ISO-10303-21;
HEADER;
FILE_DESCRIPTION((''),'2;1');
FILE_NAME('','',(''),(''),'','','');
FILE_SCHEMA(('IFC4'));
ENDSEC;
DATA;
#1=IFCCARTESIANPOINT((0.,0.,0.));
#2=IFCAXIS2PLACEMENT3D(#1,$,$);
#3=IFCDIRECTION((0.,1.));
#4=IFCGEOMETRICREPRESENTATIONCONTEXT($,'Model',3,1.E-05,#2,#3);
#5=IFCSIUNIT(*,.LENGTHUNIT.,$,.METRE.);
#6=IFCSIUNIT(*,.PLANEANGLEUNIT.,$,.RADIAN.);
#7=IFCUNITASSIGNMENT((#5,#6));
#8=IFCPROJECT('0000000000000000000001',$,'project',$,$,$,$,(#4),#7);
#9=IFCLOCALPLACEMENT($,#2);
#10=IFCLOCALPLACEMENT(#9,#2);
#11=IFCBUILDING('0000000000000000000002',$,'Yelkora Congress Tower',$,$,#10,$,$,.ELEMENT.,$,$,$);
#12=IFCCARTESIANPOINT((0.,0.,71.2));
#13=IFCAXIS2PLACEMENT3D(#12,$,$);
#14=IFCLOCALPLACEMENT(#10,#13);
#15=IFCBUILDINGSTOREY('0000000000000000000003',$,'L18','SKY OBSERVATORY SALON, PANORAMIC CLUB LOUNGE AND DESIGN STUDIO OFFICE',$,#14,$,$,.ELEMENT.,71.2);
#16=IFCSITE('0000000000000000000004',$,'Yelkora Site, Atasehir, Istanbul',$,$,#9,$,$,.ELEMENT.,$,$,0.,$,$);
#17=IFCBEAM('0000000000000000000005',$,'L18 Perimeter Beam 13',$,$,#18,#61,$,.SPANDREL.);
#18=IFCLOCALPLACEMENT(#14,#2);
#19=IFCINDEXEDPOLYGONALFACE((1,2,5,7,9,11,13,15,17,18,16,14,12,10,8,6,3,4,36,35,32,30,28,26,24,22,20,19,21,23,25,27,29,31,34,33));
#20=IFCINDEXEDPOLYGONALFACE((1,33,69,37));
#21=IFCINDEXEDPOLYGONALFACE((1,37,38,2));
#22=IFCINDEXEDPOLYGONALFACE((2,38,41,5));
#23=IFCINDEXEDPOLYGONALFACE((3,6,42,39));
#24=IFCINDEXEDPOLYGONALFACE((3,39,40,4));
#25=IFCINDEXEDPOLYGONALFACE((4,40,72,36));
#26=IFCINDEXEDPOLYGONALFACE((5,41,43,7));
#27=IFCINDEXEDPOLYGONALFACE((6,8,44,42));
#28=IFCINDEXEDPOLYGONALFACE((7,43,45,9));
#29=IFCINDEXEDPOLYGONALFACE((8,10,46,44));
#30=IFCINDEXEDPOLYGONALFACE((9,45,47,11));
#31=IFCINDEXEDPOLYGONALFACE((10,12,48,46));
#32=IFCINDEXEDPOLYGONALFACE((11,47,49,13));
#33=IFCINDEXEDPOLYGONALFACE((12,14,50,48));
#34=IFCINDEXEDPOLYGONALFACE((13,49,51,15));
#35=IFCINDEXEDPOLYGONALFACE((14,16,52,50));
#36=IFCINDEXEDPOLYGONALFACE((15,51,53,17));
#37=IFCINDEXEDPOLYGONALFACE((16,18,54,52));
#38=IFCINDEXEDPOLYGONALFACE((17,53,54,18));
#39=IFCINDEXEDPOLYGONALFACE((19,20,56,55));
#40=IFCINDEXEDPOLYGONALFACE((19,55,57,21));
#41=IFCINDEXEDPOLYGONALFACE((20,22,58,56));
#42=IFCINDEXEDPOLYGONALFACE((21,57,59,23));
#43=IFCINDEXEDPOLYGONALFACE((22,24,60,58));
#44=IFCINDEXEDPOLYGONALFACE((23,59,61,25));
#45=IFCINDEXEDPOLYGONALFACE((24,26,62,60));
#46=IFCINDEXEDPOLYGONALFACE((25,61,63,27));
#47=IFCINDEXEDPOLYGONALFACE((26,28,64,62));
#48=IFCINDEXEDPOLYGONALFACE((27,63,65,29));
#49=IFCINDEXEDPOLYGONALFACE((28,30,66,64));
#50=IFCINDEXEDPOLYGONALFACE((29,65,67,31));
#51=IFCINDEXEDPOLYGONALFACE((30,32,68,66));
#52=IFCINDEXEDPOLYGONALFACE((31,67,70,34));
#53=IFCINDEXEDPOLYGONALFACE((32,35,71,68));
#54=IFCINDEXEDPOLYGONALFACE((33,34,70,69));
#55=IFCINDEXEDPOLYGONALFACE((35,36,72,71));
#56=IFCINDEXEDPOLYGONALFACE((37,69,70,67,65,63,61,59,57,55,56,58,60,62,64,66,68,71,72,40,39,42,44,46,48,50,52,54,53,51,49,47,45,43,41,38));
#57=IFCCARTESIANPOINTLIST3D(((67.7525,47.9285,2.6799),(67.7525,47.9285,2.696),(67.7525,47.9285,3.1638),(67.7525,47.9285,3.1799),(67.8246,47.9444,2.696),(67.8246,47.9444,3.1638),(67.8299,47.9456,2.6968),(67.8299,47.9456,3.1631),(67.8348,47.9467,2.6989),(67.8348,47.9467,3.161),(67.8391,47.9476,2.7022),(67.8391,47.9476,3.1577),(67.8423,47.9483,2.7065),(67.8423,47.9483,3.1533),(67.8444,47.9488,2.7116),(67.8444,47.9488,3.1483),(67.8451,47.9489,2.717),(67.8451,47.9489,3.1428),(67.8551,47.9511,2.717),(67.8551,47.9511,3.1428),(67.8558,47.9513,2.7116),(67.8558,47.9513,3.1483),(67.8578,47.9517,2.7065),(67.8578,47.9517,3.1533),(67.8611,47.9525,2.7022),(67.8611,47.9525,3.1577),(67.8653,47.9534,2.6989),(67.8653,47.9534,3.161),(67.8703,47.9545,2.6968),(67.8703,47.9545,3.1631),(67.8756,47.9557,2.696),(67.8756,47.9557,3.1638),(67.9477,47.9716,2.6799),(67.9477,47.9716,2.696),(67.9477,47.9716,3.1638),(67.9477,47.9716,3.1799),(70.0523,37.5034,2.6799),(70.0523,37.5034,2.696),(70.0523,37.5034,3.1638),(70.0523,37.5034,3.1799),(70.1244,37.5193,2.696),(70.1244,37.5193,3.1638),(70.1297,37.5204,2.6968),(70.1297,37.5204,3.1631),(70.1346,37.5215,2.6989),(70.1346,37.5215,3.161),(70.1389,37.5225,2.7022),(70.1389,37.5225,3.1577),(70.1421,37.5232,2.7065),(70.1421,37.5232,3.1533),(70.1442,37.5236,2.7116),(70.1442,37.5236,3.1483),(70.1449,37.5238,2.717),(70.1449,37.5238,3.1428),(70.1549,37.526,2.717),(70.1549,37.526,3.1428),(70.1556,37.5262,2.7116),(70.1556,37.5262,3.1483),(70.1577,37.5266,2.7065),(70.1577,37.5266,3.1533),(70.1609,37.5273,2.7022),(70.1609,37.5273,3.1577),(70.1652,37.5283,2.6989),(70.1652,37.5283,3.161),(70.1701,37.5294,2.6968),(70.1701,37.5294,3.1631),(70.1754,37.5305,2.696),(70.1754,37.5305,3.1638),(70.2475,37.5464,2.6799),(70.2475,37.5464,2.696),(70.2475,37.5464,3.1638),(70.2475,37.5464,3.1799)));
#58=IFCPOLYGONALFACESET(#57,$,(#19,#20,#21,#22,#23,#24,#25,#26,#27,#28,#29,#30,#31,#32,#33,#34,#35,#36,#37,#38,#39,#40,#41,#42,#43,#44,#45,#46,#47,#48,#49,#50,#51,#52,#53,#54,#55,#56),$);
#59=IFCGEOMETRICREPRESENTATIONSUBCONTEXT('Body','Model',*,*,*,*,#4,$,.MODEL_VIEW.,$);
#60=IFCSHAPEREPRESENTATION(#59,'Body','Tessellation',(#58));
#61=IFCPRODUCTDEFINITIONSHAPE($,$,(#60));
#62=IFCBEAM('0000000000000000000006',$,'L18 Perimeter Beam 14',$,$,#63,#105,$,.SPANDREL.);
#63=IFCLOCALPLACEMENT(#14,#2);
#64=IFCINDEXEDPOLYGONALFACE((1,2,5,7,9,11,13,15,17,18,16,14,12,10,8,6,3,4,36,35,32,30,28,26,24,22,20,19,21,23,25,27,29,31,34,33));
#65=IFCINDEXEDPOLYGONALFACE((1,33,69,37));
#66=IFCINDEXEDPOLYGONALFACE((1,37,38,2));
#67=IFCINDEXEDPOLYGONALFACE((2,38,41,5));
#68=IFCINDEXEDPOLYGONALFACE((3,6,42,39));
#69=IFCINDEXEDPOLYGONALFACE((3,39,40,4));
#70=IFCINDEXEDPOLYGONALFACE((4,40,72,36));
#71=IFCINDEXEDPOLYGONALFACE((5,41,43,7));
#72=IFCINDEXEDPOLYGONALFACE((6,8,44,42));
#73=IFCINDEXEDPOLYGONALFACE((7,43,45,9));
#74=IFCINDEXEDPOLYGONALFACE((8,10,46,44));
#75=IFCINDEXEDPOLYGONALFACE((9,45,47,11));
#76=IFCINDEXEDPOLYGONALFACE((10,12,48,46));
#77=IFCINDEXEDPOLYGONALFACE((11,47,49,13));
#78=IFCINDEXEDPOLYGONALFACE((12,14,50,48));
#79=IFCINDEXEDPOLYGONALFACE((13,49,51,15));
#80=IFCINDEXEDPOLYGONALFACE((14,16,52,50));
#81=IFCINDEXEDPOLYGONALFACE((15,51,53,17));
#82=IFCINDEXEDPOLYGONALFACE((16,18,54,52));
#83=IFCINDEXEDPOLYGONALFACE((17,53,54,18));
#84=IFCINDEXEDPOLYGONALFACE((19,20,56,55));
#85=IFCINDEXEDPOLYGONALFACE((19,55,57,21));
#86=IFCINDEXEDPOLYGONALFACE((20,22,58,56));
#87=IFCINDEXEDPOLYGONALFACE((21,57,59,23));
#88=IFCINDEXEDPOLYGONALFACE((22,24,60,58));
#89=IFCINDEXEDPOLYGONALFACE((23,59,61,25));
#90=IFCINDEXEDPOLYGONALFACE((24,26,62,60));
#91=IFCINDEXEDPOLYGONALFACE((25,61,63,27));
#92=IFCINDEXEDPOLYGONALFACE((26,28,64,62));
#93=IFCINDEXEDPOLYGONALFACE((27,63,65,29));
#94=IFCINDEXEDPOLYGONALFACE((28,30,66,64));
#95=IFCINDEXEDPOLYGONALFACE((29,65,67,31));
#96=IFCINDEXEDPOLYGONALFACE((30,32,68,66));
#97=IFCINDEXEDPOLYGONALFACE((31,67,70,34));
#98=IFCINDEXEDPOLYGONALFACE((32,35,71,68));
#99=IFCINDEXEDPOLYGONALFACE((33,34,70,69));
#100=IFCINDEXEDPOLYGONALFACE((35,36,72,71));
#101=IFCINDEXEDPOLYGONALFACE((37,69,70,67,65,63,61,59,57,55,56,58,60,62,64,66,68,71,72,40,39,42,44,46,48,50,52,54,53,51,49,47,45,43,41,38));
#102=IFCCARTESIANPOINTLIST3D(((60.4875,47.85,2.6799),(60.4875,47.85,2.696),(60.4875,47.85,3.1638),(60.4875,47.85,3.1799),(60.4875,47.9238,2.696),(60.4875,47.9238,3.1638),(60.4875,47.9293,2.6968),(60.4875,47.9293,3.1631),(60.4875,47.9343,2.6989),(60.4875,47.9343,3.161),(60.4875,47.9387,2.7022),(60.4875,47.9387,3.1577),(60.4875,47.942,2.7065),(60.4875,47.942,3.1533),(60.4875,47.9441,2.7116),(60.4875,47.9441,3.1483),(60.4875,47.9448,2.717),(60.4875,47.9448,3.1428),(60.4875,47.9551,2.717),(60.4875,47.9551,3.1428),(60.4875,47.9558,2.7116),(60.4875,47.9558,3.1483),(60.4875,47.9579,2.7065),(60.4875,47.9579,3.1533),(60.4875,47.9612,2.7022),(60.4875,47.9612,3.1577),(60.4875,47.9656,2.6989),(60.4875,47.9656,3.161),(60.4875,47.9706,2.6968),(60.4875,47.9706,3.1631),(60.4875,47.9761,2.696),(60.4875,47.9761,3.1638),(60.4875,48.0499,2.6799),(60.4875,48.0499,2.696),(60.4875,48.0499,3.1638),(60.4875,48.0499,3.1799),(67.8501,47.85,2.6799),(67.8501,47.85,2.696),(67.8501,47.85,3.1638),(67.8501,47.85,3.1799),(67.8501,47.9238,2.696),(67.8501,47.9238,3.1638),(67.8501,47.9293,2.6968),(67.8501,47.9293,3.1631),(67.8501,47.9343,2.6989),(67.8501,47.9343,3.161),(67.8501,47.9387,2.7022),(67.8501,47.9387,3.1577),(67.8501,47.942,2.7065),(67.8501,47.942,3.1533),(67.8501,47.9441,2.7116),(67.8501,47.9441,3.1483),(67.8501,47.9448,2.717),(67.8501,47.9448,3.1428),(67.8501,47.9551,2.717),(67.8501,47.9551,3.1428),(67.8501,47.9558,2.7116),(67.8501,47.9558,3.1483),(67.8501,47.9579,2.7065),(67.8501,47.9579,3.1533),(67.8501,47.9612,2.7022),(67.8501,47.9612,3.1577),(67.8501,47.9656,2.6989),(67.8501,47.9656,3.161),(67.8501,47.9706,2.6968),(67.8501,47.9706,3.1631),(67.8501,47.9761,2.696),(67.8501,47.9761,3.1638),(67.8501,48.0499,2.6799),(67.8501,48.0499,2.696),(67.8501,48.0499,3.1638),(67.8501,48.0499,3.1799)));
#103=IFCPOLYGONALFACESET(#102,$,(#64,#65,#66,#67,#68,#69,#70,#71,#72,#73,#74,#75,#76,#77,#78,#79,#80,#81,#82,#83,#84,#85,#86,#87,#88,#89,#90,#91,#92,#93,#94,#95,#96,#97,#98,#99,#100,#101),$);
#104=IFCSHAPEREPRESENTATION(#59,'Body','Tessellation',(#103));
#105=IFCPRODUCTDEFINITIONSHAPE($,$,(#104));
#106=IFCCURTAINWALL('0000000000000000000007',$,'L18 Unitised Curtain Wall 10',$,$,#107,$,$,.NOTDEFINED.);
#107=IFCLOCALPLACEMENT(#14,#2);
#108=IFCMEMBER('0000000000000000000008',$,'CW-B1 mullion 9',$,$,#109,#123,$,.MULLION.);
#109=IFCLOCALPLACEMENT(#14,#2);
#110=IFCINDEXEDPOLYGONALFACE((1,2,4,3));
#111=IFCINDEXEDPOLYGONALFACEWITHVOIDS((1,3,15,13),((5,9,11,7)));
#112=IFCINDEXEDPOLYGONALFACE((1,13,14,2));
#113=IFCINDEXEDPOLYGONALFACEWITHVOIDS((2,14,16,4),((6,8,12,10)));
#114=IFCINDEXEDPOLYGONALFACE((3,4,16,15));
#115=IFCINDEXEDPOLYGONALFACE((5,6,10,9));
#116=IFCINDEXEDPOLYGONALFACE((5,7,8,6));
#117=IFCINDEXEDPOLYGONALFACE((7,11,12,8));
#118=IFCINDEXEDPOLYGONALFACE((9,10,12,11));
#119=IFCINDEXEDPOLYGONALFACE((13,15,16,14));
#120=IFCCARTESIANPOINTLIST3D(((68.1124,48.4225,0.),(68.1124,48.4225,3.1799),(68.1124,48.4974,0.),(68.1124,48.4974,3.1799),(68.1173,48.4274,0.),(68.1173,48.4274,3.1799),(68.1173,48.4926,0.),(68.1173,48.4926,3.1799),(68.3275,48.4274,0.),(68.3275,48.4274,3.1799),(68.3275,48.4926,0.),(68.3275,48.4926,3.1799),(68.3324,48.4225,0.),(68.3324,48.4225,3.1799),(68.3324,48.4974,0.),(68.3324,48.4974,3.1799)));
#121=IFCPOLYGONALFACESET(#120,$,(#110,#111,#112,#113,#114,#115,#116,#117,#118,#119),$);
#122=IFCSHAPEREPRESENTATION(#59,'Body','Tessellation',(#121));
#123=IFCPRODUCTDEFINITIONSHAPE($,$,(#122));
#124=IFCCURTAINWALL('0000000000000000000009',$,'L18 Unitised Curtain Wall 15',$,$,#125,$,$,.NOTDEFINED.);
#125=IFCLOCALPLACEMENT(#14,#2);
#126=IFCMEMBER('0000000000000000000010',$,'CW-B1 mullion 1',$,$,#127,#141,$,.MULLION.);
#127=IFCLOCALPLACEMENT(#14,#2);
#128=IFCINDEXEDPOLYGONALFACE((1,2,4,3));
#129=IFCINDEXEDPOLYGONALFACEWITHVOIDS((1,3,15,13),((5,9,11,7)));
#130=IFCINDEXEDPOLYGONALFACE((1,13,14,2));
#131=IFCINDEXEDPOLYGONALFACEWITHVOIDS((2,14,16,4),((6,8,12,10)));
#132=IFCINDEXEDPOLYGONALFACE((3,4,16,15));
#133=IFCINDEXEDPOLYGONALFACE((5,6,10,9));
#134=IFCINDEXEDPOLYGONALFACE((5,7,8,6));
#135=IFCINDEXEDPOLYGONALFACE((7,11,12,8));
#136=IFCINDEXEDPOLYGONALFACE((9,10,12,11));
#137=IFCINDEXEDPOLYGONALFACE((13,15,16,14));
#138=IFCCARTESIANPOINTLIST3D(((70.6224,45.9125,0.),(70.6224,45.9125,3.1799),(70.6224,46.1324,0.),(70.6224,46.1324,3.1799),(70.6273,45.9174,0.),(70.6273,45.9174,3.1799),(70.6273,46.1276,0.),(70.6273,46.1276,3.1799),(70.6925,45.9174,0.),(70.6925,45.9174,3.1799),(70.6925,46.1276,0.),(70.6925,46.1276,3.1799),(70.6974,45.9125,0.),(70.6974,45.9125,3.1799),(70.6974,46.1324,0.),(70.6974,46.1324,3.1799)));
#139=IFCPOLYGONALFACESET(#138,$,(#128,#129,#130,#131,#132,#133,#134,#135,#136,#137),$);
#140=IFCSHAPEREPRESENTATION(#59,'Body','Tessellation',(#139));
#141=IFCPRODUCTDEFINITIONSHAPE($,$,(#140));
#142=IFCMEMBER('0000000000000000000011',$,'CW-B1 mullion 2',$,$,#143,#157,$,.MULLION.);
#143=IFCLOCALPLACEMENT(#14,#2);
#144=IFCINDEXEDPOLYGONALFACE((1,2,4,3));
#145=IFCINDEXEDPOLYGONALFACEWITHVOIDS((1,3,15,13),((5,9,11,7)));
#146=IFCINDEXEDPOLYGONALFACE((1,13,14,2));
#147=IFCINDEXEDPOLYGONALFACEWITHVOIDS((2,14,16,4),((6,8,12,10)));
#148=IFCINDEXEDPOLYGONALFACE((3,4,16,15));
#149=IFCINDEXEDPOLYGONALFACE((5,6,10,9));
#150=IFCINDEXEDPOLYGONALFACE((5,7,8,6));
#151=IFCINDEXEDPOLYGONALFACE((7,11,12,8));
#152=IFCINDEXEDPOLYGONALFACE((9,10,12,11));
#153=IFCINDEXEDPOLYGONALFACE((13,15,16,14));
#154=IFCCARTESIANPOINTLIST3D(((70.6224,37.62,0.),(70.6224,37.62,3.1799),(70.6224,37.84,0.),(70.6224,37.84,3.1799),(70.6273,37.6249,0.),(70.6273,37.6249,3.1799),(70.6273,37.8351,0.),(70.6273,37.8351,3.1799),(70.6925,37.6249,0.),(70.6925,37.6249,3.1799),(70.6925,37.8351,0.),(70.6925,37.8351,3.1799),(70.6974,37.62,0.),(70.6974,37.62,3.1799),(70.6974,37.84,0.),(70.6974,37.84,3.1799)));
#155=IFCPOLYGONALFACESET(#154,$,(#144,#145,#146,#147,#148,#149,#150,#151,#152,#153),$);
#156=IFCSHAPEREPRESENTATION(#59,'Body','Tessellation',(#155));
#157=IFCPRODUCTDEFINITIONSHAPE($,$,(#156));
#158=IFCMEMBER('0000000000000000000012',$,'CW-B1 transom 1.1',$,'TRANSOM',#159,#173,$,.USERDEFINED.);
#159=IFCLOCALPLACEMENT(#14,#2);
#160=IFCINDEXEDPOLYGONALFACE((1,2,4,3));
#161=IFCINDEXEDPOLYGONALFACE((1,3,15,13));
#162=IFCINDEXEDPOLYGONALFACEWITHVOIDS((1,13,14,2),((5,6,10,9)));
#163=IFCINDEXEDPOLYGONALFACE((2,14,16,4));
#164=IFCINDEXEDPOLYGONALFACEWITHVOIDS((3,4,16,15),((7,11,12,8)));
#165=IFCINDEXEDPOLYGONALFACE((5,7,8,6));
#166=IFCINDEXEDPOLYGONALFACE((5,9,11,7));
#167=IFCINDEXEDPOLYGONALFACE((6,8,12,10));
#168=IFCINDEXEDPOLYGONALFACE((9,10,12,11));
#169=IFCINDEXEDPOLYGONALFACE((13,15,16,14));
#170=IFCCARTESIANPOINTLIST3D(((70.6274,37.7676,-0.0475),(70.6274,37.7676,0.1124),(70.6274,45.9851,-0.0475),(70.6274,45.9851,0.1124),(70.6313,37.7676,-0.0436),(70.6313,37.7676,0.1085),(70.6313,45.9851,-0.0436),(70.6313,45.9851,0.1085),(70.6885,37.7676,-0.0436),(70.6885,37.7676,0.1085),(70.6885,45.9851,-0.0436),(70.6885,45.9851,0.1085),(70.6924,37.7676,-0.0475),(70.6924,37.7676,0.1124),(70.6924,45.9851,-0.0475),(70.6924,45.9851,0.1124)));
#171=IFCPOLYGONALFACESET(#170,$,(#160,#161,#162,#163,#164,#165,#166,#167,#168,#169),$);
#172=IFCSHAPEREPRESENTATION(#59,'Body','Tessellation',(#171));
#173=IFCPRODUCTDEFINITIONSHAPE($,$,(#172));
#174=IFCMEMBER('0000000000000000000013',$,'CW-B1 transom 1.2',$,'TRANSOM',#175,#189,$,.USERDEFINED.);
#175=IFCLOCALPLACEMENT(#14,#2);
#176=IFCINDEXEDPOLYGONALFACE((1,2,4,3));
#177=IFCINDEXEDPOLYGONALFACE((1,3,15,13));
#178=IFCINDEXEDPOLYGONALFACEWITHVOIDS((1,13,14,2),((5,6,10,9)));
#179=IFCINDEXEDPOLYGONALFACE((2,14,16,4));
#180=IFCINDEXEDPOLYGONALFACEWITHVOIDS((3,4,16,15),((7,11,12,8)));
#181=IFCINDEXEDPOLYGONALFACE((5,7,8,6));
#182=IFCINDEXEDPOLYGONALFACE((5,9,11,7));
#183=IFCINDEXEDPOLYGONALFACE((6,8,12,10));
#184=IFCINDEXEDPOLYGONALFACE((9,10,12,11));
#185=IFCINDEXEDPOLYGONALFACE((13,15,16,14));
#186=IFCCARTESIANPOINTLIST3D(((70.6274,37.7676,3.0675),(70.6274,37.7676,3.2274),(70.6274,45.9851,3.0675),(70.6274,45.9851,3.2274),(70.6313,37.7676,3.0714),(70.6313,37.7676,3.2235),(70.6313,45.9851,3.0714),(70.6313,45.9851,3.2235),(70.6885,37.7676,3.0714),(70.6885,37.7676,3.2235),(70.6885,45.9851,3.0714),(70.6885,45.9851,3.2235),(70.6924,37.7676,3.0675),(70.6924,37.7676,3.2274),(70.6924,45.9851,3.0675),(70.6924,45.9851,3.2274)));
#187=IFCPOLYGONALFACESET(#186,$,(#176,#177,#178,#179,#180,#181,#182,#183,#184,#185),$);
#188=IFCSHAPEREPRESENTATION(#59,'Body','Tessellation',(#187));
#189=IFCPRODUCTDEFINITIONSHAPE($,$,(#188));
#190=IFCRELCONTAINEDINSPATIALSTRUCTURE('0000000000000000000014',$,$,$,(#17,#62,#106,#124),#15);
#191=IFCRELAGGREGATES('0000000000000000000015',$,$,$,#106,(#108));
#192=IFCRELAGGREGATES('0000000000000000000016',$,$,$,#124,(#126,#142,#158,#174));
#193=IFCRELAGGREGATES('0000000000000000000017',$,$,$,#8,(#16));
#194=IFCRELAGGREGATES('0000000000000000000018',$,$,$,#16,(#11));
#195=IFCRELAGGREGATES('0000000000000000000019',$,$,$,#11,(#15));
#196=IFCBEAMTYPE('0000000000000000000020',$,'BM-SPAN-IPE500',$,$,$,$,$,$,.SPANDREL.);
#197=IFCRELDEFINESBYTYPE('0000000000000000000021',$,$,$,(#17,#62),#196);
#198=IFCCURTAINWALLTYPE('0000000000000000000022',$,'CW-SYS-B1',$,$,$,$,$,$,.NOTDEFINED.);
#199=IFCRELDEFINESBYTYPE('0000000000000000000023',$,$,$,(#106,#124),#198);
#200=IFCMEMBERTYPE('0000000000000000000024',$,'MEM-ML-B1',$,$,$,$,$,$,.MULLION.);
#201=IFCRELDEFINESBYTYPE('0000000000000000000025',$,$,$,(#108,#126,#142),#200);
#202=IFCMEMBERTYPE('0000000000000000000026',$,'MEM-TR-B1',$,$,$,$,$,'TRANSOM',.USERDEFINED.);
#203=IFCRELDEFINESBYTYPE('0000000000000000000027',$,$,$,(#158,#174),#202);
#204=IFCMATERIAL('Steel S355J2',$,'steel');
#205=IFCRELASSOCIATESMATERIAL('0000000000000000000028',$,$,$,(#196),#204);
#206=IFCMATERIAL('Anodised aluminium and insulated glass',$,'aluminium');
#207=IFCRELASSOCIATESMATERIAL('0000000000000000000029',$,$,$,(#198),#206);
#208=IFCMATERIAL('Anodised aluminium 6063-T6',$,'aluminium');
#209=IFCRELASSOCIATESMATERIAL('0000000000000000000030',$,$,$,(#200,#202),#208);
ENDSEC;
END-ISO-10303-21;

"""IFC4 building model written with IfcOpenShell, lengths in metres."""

from ifc_helpers import new_model, si_unit, direction, frame, origin, origin_2d, place, context, subcontext, project, spatial, hollow_rectangle, i_section, extrude, material, material_profile, profile_set, type_object, element, aggregate, save


model = new_model("IFC4")

# Units and contexts
model_context = context("Model", 3, precision=1e-05, world=origin(), true_north=direction((0.0, 1.0)))
body_context = subcontext(model_context, "Body", "Model", "MODEL_VIEW")
ifc_project = project(units=[si_unit("LENGTHUNIT", "METRE"), si_unit("PLANEANGLEUNIT", "RADIAN")], contexts=[model_context])

# Site, building, storey
site_placement = place(None, origin())
site = spatial("IfcSite", under=ifc_project, at=site_placement, Name="Yelkora Site, Atasehir, Istanbul", CompositionType="ELEMENT", RefElevation=0.0)
building_placement = place(site_placement, origin())
building = spatial("IfcBuilding", under=site, at=building_placement, Name="Yelkora Congress Tower", CompositionType="ELEMENT")
storey_placement = place(building_placement, frame((0.0, 0.0, 71.2)))
storey = spatial("IfcBuildingStorey", under=building, at=storey_placement, Name="L18", Description="SKY OBSERVATORY SALON, PANORAMIC CLUB LOUNGE AND DESIGN STUDIO OFFICE", CompositionType="ELEMENT", Elevation=71.2)

# Beams
ifc_material_1 = material(Name="Steel S355J2", Category="steel")
ifc_material_profile_1 = material_profile(ifc_material_1, i_section(OverallWidth=0.2, OverallDepth=0.5, WebThickness=0.0103, FlangeThickness=0.0161, FilletRadius=0.021, at=origin_2d()), Name="IPE 500")
ifc_profile_set_1 = profile_set([ifc_material_profile_1], Name="Steel S355J2")
beam_type_1 = type_object("IfcBeamType", Name="BM-SPAN-IPE500", PredefinedType="SPANDREL", material=ifc_profile_set_1)
beam_1_placement = place(storey_placement, frame((70.1499, 37.5249, 2.9299), z_axis=(-0.215424, 0.976521, 0.0), x_axis=(-0.976521, -0.215424, 0.0)))
element("IfcBeam", 1, at=beam_1_placement, inside=storey, type_object=beam_type_1, Name="L18 Perimeter Beam 13", PredefinedType="SPANDREL", context=body_context, shape_type="SweptSolid", body=[
    extrude(i_section(OverallWidth=0.2, OverallDepth=0.5, WebThickness=0.0103, FlangeThickness=0.0161, FilletRadius=0.021, at=origin_2d()), origin(), (0.0, 0.0, 1.0), 10.6758),
])
beam_2_placement = place(storey_placement, frame((67.8501, 47.95, 2.9299), z_axis=(-1.0, 0.0, 0.0), x_axis=(0.0, -1.0, 0.0)))
element("IfcBeam", 2, at=beam_2_placement, inside=storey, type_object=beam_type_1, Name="L18 Perimeter Beam 14", PredefinedType="SPANDREL", context=body_context, shape_type="SweptSolid", body=[
    extrude(i_section(OverallWidth=0.2, OverallDepth=0.5, WebThickness=0.0103, FlangeThickness=0.0161, FilletRadius=0.021, at=origin_2d()), origin(), (0.0, 0.0, 1.0), 7.3625),
])

# Curtain wall, member
ifc_material_2 = material(Name="Anodised aluminium and insulated glass", Category="aluminium")
curtain_wall_type = type_object("IfcCurtainWallType", Name="CW-SYS-B1", PredefinedType="NOTDEFINED", material=ifc_material_2)
curtain_wall_1_placement = place(storey_placement, origin())
curtain_wall_1 = element("IfcCurtainWall", 3, at=curtain_wall_1_placement, inside=storey, type_object=curtain_wall_type, Name="L18 Unitised Curtain Wall 10", PredefinedType="NOTDEFINED")
ifc_material_3 = material(Name="Anodised aluminium 6063-T6", Category="aluminium")
ifc_material_profile_2 = material_profile(ifc_material_3, hollow_rectangle(XDim=0.075, YDim=0.22, WallThickness=0.0049, at=origin_2d()), Name="ALU 75x220x5")
ifc_profile_set_2 = profile_set([ifc_material_profile_2], Name="Anodised aluminium 6063-T6")
member_type_1 = type_object("IfcMemberType", Name="MEM-ML-B1", PredefinedType="MULLION", material=ifc_profile_set_2)
member_1_placement = place(storey_placement, frame((68.2224, 48.46, 0.0), z_axis=(0.0, 0.0, 1.0), x_axis=(0.0, 1.0, 0.0)))
member_1 = element("IfcMember", 4, at=member_1_placement, type_object=member_type_1, Name="CW-B1 mullion 9", PredefinedType="MULLION", context=body_context, shape_type="SweptSolid", body=[
    extrude(hollow_rectangle(XDim=0.075, YDim=0.22, WallThickness=0.0049, at=origin_2d()), origin(), (0.0, 0.0, 1.0), 3.1799),
])

# Curtain wall, members
curtain_wall_2_placement = place(storey_placement, origin())
curtain_wall_2 = element("IfcCurtainWall", 5, at=curtain_wall_2_placement, inside=storey, type_object=curtain_wall_type, Name="L18 Unitised Curtain Wall 15", PredefinedType="NOTDEFINED")
member_2_placement = place(storey_placement, frame((70.6599, 46.0225, 0.0), z_axis=(0.0, 0.0, 1.0), x_axis=(1.0, 0.0, 0.0)))
member_2 = element("IfcMember", 6, at=member_2_placement, type_object=member_type_1, Name="CW-B1 mullion 1", PredefinedType="MULLION", context=body_context, shape_type="SweptSolid", body=[
    extrude(hollow_rectangle(XDim=0.075, YDim=0.22, WallThickness=0.0049, at=origin_2d()), origin(), (0.0, 0.0, 1.0), 3.1799),
])
member_3_placement = place(storey_placement, frame((70.6599, 37.73, 0.0), z_axis=(0.0, 0.0, 1.0), x_axis=(1.0, 0.0, 0.0)))
member_3 = element("IfcMember", 7, at=member_3_placement, type_object=member_type_1, Name="CW-B1 mullion 2", PredefinedType="MULLION", context=body_context, shape_type="SweptSolid", body=[
    extrude(hollow_rectangle(XDim=0.075, YDim=0.22, WallThickness=0.0049, at=origin_2d()), origin(), (0.0, 0.0, 1.0), 3.1799),
])
ifc_material_profile_3 = material_profile(ifc_material_3, hollow_rectangle(XDim=0.0649, YDim=0.1599, WallThickness=0.0039, at=origin_2d()), Name="ALU 65x160x4")
ifc_profile_set_3 = profile_set([ifc_material_profile_3], Name="Anodised aluminium 6063-T6")
member_type_2 = type_object("IfcMemberType", Name="MEM-TR-B1", ElementType="TRANSOM", PredefinedType="USERDEFINED", material=ifc_profile_set_3)
member_4_placement = place(storey_placement, frame((70.6599, 45.9851, 0.0325), z_axis=(0.0, -1.0, 0.0), x_axis=(1.0, 0.0, 0.0)))
member_4 = element("IfcMember", 8, at=member_4_placement, type_object=member_type_2, Name="CW-B1 transom 1.1", ObjectType="TRANSOM", PredefinedType="USERDEFINED", context=body_context, shape_type="SweptSolid", body=[
    extrude(hollow_rectangle(XDim=0.0649, YDim=0.1599, WallThickness=0.0039, at=origin_2d()), origin(), (0.0, 0.0, 1.0), 8.2175),
])
member_5_placement = place(storey_placement, frame((70.6599, 45.9851, 3.1475), z_axis=(0.0, -1.0, 0.0), x_axis=(1.0, 0.0, 0.0)))
member_5 = element("IfcMember", 9, at=member_5_placement, type_object=member_type_2, Name="CW-B1 transom 1.2", ObjectType="TRANSOM", PredefinedType="USERDEFINED", context=body_context, shape_type="SweptSolid", body=[
    extrude(hollow_rectangle(XDim=0.0649, YDim=0.1599, WallThickness=0.0039, at=origin_2d()), origin(), (0.0, 0.0, 1.0), 8.2175),
])

aggregate(curtain_wall_1, [member_1])
aggregate(curtain_wall_2, [member_2, member_3, member_4, member_5])

save(model, "model.ifc")
